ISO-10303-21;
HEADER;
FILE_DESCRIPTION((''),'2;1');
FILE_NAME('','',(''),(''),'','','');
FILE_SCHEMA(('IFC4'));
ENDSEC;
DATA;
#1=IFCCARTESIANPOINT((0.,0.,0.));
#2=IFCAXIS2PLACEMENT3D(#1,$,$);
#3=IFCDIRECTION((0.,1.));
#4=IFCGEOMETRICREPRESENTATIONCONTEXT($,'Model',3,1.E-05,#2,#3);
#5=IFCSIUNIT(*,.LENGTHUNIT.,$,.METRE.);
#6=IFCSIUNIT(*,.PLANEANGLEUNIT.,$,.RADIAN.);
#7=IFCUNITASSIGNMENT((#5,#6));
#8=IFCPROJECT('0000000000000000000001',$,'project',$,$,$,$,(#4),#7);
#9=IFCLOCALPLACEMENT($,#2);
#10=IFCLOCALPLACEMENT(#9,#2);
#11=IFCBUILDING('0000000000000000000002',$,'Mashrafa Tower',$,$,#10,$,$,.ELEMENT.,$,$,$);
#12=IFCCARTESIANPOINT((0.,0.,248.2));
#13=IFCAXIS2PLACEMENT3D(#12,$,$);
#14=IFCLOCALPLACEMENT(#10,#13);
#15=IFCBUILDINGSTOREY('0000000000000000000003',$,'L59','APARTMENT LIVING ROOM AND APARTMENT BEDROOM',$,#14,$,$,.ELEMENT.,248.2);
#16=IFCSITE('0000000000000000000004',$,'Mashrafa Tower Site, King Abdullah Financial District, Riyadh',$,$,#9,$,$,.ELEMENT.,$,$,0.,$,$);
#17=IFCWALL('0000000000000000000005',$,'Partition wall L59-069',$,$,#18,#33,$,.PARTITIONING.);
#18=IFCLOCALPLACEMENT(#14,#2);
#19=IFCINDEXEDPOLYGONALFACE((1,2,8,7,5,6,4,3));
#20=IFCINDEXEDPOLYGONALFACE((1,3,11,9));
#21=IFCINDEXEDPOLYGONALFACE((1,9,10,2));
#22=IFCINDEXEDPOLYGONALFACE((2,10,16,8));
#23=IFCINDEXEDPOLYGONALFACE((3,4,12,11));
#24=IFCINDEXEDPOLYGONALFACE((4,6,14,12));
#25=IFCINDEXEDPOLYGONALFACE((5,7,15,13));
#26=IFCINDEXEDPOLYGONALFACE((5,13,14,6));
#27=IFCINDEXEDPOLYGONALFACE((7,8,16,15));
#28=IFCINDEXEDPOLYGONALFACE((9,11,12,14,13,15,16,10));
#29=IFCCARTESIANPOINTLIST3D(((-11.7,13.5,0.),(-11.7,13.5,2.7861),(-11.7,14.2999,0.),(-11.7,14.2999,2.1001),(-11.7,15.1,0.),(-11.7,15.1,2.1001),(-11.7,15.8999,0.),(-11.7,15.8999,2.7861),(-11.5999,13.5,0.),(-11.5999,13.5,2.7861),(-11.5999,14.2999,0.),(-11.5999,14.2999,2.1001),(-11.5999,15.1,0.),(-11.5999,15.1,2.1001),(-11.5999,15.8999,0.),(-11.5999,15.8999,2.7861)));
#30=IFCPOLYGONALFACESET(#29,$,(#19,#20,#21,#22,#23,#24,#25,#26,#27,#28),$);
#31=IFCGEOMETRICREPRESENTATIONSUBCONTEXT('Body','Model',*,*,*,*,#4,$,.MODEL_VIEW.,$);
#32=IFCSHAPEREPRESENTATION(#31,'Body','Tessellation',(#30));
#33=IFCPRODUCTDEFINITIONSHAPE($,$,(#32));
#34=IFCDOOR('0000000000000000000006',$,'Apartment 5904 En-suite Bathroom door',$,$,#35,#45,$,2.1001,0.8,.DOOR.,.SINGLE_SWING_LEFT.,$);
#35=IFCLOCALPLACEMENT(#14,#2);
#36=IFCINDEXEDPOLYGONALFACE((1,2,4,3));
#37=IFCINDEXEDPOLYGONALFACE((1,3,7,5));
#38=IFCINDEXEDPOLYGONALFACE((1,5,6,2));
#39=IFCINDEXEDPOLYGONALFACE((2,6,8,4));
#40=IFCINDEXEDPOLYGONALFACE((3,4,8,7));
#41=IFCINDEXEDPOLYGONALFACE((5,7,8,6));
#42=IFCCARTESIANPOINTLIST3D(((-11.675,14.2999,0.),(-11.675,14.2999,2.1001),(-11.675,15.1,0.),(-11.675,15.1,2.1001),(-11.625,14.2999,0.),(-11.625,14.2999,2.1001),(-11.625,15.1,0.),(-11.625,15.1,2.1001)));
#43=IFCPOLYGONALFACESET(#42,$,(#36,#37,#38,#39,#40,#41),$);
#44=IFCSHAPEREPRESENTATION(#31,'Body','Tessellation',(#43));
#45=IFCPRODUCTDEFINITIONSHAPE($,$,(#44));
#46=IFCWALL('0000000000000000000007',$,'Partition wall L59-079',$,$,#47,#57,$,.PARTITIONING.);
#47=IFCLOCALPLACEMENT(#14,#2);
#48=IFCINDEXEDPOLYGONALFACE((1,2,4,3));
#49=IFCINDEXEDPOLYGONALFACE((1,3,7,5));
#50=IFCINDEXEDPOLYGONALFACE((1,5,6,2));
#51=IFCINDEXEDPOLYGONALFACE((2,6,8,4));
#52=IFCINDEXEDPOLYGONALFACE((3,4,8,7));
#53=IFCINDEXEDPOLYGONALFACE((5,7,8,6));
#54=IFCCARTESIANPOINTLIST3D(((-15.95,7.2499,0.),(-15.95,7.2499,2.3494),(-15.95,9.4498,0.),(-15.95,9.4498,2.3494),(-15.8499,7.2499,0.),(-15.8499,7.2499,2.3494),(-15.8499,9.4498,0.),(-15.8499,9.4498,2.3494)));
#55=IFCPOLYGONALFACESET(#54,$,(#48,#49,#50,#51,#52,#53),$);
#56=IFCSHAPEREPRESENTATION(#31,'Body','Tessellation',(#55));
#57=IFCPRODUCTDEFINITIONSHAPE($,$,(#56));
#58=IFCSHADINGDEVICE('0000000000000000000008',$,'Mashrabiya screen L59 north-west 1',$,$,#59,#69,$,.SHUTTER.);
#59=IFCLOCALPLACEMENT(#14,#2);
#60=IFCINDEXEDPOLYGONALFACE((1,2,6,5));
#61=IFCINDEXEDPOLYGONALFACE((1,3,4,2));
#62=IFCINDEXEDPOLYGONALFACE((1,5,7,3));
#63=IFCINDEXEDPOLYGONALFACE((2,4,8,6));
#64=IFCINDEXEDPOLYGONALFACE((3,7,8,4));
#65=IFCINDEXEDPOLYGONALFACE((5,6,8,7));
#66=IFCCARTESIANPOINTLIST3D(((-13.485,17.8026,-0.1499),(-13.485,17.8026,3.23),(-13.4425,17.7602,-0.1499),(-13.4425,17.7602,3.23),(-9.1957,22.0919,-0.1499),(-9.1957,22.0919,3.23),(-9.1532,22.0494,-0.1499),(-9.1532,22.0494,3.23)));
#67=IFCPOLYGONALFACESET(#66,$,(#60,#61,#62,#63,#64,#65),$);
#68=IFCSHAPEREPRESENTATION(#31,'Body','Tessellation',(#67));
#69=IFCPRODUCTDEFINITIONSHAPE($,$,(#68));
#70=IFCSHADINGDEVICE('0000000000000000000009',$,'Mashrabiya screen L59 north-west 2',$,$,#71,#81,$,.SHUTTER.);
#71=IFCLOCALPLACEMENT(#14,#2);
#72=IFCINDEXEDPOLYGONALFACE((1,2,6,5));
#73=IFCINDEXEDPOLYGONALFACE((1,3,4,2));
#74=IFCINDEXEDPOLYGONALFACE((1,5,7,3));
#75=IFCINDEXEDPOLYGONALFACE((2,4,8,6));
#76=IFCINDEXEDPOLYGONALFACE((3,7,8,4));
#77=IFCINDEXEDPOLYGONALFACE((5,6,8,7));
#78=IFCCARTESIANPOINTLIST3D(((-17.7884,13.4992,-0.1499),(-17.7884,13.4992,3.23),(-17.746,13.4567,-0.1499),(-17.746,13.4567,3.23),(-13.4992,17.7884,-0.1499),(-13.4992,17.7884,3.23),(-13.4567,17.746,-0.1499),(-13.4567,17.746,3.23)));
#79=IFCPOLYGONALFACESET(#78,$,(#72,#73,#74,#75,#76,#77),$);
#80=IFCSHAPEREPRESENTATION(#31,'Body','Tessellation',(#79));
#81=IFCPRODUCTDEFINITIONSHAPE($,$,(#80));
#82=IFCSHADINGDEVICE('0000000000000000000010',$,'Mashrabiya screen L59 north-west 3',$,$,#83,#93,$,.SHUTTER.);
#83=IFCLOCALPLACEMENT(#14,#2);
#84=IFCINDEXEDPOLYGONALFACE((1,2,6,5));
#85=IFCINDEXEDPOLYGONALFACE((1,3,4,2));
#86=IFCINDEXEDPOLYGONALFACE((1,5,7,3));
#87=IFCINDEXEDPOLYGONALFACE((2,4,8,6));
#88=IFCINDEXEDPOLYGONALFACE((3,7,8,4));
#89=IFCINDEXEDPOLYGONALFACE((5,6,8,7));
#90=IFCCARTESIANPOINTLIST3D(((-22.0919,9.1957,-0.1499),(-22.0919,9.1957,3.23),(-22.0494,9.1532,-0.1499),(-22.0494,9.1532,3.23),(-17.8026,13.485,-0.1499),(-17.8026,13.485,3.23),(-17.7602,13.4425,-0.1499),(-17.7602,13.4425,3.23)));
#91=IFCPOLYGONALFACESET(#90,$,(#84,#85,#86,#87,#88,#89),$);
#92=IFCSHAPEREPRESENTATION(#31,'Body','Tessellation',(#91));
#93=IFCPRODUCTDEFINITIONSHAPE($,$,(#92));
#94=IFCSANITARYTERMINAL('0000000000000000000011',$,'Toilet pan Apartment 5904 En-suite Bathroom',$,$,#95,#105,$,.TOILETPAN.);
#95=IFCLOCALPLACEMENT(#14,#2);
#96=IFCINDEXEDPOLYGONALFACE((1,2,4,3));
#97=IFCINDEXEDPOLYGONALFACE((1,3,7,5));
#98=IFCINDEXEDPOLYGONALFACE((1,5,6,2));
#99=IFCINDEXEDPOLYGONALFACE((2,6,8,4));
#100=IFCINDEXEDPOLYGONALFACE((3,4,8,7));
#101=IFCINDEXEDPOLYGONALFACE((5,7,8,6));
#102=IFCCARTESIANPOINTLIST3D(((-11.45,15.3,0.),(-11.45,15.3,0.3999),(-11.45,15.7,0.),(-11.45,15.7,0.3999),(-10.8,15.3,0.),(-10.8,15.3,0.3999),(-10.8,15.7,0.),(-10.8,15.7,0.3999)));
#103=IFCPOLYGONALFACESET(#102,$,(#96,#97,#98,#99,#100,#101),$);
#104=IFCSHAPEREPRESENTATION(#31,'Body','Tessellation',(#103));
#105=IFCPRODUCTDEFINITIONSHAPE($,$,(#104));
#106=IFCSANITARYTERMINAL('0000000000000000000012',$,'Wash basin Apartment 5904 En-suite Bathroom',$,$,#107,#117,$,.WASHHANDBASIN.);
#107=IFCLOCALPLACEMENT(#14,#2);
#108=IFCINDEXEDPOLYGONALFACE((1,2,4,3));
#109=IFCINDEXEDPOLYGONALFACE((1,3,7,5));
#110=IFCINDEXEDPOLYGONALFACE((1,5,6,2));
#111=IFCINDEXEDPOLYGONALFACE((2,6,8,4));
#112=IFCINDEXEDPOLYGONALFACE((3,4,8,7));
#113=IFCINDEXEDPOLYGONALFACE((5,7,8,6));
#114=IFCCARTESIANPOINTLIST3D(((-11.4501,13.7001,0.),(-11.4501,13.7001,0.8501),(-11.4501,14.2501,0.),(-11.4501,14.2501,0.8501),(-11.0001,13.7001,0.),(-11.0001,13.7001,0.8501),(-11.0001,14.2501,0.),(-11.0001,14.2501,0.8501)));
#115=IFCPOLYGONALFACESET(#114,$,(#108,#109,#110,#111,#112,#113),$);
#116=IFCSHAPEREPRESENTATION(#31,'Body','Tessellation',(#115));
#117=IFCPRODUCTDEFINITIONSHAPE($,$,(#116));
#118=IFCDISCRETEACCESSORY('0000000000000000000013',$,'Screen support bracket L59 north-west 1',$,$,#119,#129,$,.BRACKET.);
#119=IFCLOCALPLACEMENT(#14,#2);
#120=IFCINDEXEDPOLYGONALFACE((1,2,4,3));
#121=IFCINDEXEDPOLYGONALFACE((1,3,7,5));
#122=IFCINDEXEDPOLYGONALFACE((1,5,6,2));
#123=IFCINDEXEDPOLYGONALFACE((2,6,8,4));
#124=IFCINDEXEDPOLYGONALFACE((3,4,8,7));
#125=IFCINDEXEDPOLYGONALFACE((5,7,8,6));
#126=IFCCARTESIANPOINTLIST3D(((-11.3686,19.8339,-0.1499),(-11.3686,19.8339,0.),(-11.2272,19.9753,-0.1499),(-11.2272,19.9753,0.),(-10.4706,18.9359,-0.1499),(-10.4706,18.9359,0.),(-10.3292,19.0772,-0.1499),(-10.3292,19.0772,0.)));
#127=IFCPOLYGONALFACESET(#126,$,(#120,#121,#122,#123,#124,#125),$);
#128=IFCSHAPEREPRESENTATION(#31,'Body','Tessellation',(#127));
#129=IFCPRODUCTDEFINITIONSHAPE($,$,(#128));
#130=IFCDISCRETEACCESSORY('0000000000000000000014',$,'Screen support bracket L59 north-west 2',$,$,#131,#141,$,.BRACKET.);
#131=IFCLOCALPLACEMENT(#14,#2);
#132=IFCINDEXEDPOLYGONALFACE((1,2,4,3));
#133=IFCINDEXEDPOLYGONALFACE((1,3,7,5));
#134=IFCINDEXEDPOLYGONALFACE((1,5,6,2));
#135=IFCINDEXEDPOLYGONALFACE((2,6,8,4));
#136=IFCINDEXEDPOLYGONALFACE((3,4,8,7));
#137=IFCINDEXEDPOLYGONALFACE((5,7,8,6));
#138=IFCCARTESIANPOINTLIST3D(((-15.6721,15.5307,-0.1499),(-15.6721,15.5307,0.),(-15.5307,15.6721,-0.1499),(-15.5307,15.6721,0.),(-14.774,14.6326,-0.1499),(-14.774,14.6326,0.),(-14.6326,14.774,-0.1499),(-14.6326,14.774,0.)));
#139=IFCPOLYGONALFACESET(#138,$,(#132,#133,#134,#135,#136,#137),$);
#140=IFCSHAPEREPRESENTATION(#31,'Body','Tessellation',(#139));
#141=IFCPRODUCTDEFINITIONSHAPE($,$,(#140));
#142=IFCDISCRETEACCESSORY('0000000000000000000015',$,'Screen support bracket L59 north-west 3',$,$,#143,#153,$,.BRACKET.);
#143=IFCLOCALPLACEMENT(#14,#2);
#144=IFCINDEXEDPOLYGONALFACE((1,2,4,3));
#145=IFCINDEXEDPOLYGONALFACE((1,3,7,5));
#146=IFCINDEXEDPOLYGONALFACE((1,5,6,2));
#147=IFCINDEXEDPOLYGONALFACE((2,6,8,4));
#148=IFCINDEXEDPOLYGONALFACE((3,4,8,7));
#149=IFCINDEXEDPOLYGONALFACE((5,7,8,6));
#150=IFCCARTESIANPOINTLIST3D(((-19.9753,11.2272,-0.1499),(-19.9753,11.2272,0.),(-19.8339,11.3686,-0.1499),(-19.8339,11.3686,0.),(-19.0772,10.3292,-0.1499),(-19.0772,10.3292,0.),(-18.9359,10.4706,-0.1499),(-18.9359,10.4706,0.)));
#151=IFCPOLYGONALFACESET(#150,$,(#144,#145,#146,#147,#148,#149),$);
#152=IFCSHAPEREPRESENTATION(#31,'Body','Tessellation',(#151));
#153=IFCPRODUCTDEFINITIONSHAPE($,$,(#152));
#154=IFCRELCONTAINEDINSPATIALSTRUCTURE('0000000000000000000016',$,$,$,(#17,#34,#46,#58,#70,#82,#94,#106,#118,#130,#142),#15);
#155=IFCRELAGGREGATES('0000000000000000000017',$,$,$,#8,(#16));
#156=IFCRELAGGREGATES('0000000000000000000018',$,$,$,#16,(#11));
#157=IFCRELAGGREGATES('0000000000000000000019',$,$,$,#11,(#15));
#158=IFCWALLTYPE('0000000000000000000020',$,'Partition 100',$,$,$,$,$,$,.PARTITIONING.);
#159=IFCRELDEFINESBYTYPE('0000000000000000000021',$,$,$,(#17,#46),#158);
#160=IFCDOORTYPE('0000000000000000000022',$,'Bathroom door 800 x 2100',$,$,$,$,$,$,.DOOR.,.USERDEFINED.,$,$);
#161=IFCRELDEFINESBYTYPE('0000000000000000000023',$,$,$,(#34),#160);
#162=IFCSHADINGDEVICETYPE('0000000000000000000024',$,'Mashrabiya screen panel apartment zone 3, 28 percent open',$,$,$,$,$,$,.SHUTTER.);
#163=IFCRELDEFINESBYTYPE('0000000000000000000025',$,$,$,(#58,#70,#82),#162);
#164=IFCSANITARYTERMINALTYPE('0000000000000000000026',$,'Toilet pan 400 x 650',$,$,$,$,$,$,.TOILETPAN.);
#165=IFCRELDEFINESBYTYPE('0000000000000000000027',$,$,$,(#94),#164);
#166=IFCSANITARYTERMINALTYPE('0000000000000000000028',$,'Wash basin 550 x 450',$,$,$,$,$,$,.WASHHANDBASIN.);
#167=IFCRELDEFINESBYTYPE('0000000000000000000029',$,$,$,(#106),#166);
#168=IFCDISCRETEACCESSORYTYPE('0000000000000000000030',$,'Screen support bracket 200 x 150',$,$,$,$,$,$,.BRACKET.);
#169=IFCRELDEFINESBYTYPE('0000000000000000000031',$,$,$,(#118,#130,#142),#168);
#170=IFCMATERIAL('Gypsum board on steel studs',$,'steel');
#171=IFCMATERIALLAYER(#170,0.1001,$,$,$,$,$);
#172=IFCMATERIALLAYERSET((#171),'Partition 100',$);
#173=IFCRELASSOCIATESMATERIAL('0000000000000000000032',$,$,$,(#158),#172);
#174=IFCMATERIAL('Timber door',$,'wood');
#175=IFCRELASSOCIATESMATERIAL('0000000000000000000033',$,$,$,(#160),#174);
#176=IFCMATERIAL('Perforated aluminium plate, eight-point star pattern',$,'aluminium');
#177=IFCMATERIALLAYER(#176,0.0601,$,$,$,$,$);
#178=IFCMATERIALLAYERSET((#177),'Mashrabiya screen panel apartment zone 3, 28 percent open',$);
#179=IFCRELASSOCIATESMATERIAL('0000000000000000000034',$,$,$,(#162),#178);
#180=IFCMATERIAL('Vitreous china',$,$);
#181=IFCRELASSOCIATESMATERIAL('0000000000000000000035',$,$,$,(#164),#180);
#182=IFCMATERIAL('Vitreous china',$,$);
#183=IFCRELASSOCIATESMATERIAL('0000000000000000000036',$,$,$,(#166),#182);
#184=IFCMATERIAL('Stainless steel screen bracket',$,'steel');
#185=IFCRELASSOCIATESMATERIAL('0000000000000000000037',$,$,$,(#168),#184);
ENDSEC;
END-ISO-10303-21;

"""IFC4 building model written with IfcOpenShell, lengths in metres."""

from ifc_helpers import new_model, si_unit, direction, frame, frame_2d, origin, origin_2d, place, context, subcontext, project, spatial, rectangle, extrude, source, transform, mapped, material, layer, layer_set, type_object, type_shapes, element, fill, save


model = new_model("IFC4")

# Units and contexts
model_context = context("Model", 3, precision=1e-05, world=origin(), true_north=direction((0.0, 1.0)))
body_context = subcontext(model_context, "Body", "Model", "MODEL_VIEW")
ifc_project = project(units=[si_unit("LENGTHUNIT", "METRE"), si_unit("PLANEANGLEUNIT", "RADIAN")], contexts=[model_context])

# Site, building, storey
site_placement = place(None, origin())
site = spatial("IfcSite", under=ifc_project, at=site_placement, Name="Mashrafa Tower Site, King Abdullah Financial District, Riyadh", CompositionType="ELEMENT", RefElevation=0.0)
building_placement = place(site_placement, origin())
building = spatial("IfcBuilding", under=site, at=building_placement, Name="Mashrafa Tower", CompositionType="ELEMENT")
storey_placement = place(building_placement, frame((0.0, 0.0, 248.2)))
storey = spatial("IfcBuildingStorey", under=building, at=storey_placement, Name="L59", Description="APARTMENT LIVING ROOM AND APARTMENT BEDROOM", CompositionType="ELEMENT", Elevation=248.2)

# Wall, opening, door
ifc_material_1 = material(Name="Gypsum board on steel studs", Category="steel")
ifc_layer_1 = layer(ifc_material_1, 0.1001)
ifc_layer_set_1 = layer_set([ifc_layer_1], Name="Partition 100")
wall_type_1 = type_object("IfcWallType", Name="Partition 100", PredefinedType="PARTITIONING", material=ifc_layer_set_1)
wall_1_placement = place(storey_placement, frame((-11.6499, 15.8999, 0.0), z_axis=(0.0, 0.0, 1.0), x_axis=(0.0, -1.0, 0.0)))
wall_1 = element("IfcWall", 1, at=wall_1_placement, inside=storey, type_object=wall_type_1, Name="Partition wall L59-069", PredefinedType="PARTITIONING", context=body_context, shape_type="SweptSolid", body=[
    extrude(rectangle(XDim=2.3999, YDim=0.1001, at=frame_2d((1.2, 0.0))), origin(), (0.0, 0.0, 1.0), 2.7861),
])
opening_placement = place(wall_1_placement, frame((0.8, 0.0, 0.0)))
opening = element("IfcOpeningElement", 2, at=opening_placement, cuts=wall_1, PredefinedType="OPENING", context=body_context, shape_type="SweptSolid", body=[
    extrude(rectangle(XDim=0.8, YDim=2.1001, at=frame_2d((0.3999, 1.05))), frame((0.0, 0.0601, 0.0), z_axis=(0.0, -1.0, 0.0), x_axis=(1.0, 0.0, 0.0)), (0.0, 0.0, 1.0), 0.1201),
])
ifc_material_2 = material(Name="Timber door", Category="wood")
door_type = type_object("IfcDoorType", Name="Bathroom door 800 x 2100", OperationType="USERDEFINED", PredefinedType="DOOR", material=ifc_material_2)
door_placement = place(opening_placement, origin())
door = element("IfcDoor", 3, at=door_placement, inside=storey, type_object=door_type, Name="Apartment 5904 En-suite Bathroom door", OperationType="SINGLE_SWING_LEFT", OverallHeight=2.1001, OverallWidth=0.8, PredefinedType="DOOR", context=body_context, shape_type="SweptSolid", body=[
    extrude(rectangle(XDim=0.8, YDim=2.1001, at=frame_2d((0.3999, 1.05))), frame((0.0, 0.0249, 0.0), z_axis=(0.0, -1.0, 0.0), x_axis=(1.0, 0.0, 0.0)), (0.0, 0.0, 1.0), 0.05),
])
fill(opening, door)

# Wall
wall_2_placement = place(storey_placement, frame((-15.8999, 9.45, 0.0), z_axis=(0.0, 0.0, 1.0), x_axis=(0.0, -1.0, 0.0)))
element("IfcWall", 4, at=wall_2_placement, inside=storey, type_object=wall_type_1, Name="Partition wall L59-079", PredefinedType="PARTITIONING", context=body_context, shape_type="SweptSolid", body=[
    extrude(rectangle(XDim=2.2, YDim=0.1001, at=frame_2d((1.1001, 0.0))), origin(), (0.0, 0.0, 1.0), 2.3494),
])

# Shading devices
ifc_material_3 = material(Name="Perforated aluminium plate, eight-point star pattern", Category="aluminium")
ifc_layer_2 = layer(ifc_material_3, 0.0601)
ifc_layer_set_2 = layer_set([ifc_layer_2], Name="Mashrabiya screen panel apartment zone 3, 28 percent open")
shading_device_type = type_object("IfcShadingDeviceType", Name="Mashrabiya screen panel apartment zone 3, 28 percent open", PredefinedType="SHUTTER", material=ifc_layer_set_2)
shared_shape_1 = source(origin(), body_context, "Body", "SweptSolid", [
    extrude(rectangle(XDim=6.0659, YDim=0.0601, at=origin_2d()), origin(), (0.0, 0.0, 1.0), 3.3799),
])
type_shapes(shading_device_type, [shared_shape_1])
for number, where, z_axis, x_axis, name in (
    (5, (-11.3191, 19.926, -0.1499), (0.0, 0.0, 1.0), (-0.707107, -0.707107, 0.0), "Mashrabiya screen L59 north-west 1"),
    (6, (-15.6226, 15.6226, -0.1499), (0.0, 0.0, 1.0), (-0.707107, -0.707107, 0.0), "Mashrabiya screen L59 north-west 2"),
    (7, (-19.926, 11.3191, -0.1499), (0.0, 0.0, 1.0), (-0.707107, -0.707107, 0.0), "Mashrabiya screen L59 north-west 3"),
):
    element("IfcShadingDevice", number, at=place(storey_placement, frame(where, z_axis=z_axis, x_axis=x_axis)), inside=storey, type_object=shading_device_type, Name=name, PredefinedType="SHUTTER", context=body_context, shape_type="MappedRepresentation", body=[
        mapped(shared_shape_1, transform((0.0, 0.0, 0.0))),
    ])

# Sanitary terminals
ifc_material_4 = material(Name="Vitreous china")
sanitary_terminal_type_1 = type_object("IfcSanitaryTerminalType", Name="Toilet pan 400 x 650", PredefinedType="TOILETPAN", material=ifc_material_4)
sanitary_terminal_1_placement = place(storey_placement, frame((-11.125, 15.5, 0.0), z_axis=(0.0, 0.0, 1.0), x_axis=(0.0, -1.0, 0.0)))
element("IfcSanitaryTerminal", 8, at=sanitary_terminal_1_placement, inside=storey, type_object=sanitary_terminal_type_1, Name="Toilet pan Apartment 5904 En-suite Bathroom", PredefinedType="TOILETPAN", context=body_context, shape_type="SweptSolid", body=[
    extrude(rectangle(XDim=0.3999, YDim=0.6499, at=origin_2d()), origin(), (0.0, 0.0, 1.0), 0.3999),
])
ifc_material_5 = material(Name="Vitreous china")
sanitary_terminal_type_2 = type_object("IfcSanitaryTerminalType", Name="Wash basin 550 x 450", PredefinedType="WASHHANDBASIN", material=ifc_material_5)
sanitary_terminal_2_placement = place(storey_placement, frame((-11.2251, 13.9751, 0.0), z_axis=(0.0, 0.0, 1.0), x_axis=(0.0, -1.0, 0.0)))
element("IfcSanitaryTerminal", 9, at=sanitary_terminal_2_placement, inside=storey, type_object=sanitary_terminal_type_2, Name="Wash basin Apartment 5904 En-suite Bathroom", PredefinedType="WASHHANDBASIN", context=body_context, shape_type="SweptSolid", body=[
    extrude(rectangle(XDim=0.55, YDim=0.45, at=origin_2d()), origin(), (0.0, 0.0, 1.0), 0.8501),
])

# Discrete accessories
ifc_material_6 = material(Name="Stainless steel screen bracket", Category="steel")
discrete_accessory_type = type_object("IfcDiscreteAccessoryType", Name="Screen support bracket 200 x 150", PredefinedType="BRACKET", material=ifc_material_6)
shared_shape_2 = source(origin(), body_context, "Body", "SweptSolid", [
    extrude(rectangle(XDim=0.2, YDim=1.27, at=origin_2d()), origin(), (0.0, 0.0, 1.0), 0.1499),
])
type_shapes(discrete_accessory_type, [shared_shape_2])
for number, where, z_axis, x_axis, name in (
    (10, (-10.8489, 19.4556, -0.1499), (0.0, 0.0, 1.0), (-0.707107, -0.707107, 0.0), "Screen support bracket L59 north-west 1"),
    (11, (-15.1523, 15.1523, -0.1499), (0.0, 0.0, 1.0), (-0.707107, -0.707107, 0.0), "Screen support bracket L59 north-west 2"),
    (12, (-19.4556, 10.8489, -0.1499), (0.0, 0.0, 1.0), (-0.707107, -0.707107, 0.0), "Screen support bracket L59 north-west 3"),
):
    element("IfcDiscreteAccessory", number, at=place(storey_placement, frame(where, z_axis=z_axis, x_axis=x_axis)), inside=storey, type_object=discrete_accessory_type, Name=name, PredefinedType="BRACKET", context=body_context, shape_type="MappedRepresentation", body=[
        mapped(shared_shape_2, transform((0.0, 0.0, 0.0))),
    ])

save(model, "model.ifc")
